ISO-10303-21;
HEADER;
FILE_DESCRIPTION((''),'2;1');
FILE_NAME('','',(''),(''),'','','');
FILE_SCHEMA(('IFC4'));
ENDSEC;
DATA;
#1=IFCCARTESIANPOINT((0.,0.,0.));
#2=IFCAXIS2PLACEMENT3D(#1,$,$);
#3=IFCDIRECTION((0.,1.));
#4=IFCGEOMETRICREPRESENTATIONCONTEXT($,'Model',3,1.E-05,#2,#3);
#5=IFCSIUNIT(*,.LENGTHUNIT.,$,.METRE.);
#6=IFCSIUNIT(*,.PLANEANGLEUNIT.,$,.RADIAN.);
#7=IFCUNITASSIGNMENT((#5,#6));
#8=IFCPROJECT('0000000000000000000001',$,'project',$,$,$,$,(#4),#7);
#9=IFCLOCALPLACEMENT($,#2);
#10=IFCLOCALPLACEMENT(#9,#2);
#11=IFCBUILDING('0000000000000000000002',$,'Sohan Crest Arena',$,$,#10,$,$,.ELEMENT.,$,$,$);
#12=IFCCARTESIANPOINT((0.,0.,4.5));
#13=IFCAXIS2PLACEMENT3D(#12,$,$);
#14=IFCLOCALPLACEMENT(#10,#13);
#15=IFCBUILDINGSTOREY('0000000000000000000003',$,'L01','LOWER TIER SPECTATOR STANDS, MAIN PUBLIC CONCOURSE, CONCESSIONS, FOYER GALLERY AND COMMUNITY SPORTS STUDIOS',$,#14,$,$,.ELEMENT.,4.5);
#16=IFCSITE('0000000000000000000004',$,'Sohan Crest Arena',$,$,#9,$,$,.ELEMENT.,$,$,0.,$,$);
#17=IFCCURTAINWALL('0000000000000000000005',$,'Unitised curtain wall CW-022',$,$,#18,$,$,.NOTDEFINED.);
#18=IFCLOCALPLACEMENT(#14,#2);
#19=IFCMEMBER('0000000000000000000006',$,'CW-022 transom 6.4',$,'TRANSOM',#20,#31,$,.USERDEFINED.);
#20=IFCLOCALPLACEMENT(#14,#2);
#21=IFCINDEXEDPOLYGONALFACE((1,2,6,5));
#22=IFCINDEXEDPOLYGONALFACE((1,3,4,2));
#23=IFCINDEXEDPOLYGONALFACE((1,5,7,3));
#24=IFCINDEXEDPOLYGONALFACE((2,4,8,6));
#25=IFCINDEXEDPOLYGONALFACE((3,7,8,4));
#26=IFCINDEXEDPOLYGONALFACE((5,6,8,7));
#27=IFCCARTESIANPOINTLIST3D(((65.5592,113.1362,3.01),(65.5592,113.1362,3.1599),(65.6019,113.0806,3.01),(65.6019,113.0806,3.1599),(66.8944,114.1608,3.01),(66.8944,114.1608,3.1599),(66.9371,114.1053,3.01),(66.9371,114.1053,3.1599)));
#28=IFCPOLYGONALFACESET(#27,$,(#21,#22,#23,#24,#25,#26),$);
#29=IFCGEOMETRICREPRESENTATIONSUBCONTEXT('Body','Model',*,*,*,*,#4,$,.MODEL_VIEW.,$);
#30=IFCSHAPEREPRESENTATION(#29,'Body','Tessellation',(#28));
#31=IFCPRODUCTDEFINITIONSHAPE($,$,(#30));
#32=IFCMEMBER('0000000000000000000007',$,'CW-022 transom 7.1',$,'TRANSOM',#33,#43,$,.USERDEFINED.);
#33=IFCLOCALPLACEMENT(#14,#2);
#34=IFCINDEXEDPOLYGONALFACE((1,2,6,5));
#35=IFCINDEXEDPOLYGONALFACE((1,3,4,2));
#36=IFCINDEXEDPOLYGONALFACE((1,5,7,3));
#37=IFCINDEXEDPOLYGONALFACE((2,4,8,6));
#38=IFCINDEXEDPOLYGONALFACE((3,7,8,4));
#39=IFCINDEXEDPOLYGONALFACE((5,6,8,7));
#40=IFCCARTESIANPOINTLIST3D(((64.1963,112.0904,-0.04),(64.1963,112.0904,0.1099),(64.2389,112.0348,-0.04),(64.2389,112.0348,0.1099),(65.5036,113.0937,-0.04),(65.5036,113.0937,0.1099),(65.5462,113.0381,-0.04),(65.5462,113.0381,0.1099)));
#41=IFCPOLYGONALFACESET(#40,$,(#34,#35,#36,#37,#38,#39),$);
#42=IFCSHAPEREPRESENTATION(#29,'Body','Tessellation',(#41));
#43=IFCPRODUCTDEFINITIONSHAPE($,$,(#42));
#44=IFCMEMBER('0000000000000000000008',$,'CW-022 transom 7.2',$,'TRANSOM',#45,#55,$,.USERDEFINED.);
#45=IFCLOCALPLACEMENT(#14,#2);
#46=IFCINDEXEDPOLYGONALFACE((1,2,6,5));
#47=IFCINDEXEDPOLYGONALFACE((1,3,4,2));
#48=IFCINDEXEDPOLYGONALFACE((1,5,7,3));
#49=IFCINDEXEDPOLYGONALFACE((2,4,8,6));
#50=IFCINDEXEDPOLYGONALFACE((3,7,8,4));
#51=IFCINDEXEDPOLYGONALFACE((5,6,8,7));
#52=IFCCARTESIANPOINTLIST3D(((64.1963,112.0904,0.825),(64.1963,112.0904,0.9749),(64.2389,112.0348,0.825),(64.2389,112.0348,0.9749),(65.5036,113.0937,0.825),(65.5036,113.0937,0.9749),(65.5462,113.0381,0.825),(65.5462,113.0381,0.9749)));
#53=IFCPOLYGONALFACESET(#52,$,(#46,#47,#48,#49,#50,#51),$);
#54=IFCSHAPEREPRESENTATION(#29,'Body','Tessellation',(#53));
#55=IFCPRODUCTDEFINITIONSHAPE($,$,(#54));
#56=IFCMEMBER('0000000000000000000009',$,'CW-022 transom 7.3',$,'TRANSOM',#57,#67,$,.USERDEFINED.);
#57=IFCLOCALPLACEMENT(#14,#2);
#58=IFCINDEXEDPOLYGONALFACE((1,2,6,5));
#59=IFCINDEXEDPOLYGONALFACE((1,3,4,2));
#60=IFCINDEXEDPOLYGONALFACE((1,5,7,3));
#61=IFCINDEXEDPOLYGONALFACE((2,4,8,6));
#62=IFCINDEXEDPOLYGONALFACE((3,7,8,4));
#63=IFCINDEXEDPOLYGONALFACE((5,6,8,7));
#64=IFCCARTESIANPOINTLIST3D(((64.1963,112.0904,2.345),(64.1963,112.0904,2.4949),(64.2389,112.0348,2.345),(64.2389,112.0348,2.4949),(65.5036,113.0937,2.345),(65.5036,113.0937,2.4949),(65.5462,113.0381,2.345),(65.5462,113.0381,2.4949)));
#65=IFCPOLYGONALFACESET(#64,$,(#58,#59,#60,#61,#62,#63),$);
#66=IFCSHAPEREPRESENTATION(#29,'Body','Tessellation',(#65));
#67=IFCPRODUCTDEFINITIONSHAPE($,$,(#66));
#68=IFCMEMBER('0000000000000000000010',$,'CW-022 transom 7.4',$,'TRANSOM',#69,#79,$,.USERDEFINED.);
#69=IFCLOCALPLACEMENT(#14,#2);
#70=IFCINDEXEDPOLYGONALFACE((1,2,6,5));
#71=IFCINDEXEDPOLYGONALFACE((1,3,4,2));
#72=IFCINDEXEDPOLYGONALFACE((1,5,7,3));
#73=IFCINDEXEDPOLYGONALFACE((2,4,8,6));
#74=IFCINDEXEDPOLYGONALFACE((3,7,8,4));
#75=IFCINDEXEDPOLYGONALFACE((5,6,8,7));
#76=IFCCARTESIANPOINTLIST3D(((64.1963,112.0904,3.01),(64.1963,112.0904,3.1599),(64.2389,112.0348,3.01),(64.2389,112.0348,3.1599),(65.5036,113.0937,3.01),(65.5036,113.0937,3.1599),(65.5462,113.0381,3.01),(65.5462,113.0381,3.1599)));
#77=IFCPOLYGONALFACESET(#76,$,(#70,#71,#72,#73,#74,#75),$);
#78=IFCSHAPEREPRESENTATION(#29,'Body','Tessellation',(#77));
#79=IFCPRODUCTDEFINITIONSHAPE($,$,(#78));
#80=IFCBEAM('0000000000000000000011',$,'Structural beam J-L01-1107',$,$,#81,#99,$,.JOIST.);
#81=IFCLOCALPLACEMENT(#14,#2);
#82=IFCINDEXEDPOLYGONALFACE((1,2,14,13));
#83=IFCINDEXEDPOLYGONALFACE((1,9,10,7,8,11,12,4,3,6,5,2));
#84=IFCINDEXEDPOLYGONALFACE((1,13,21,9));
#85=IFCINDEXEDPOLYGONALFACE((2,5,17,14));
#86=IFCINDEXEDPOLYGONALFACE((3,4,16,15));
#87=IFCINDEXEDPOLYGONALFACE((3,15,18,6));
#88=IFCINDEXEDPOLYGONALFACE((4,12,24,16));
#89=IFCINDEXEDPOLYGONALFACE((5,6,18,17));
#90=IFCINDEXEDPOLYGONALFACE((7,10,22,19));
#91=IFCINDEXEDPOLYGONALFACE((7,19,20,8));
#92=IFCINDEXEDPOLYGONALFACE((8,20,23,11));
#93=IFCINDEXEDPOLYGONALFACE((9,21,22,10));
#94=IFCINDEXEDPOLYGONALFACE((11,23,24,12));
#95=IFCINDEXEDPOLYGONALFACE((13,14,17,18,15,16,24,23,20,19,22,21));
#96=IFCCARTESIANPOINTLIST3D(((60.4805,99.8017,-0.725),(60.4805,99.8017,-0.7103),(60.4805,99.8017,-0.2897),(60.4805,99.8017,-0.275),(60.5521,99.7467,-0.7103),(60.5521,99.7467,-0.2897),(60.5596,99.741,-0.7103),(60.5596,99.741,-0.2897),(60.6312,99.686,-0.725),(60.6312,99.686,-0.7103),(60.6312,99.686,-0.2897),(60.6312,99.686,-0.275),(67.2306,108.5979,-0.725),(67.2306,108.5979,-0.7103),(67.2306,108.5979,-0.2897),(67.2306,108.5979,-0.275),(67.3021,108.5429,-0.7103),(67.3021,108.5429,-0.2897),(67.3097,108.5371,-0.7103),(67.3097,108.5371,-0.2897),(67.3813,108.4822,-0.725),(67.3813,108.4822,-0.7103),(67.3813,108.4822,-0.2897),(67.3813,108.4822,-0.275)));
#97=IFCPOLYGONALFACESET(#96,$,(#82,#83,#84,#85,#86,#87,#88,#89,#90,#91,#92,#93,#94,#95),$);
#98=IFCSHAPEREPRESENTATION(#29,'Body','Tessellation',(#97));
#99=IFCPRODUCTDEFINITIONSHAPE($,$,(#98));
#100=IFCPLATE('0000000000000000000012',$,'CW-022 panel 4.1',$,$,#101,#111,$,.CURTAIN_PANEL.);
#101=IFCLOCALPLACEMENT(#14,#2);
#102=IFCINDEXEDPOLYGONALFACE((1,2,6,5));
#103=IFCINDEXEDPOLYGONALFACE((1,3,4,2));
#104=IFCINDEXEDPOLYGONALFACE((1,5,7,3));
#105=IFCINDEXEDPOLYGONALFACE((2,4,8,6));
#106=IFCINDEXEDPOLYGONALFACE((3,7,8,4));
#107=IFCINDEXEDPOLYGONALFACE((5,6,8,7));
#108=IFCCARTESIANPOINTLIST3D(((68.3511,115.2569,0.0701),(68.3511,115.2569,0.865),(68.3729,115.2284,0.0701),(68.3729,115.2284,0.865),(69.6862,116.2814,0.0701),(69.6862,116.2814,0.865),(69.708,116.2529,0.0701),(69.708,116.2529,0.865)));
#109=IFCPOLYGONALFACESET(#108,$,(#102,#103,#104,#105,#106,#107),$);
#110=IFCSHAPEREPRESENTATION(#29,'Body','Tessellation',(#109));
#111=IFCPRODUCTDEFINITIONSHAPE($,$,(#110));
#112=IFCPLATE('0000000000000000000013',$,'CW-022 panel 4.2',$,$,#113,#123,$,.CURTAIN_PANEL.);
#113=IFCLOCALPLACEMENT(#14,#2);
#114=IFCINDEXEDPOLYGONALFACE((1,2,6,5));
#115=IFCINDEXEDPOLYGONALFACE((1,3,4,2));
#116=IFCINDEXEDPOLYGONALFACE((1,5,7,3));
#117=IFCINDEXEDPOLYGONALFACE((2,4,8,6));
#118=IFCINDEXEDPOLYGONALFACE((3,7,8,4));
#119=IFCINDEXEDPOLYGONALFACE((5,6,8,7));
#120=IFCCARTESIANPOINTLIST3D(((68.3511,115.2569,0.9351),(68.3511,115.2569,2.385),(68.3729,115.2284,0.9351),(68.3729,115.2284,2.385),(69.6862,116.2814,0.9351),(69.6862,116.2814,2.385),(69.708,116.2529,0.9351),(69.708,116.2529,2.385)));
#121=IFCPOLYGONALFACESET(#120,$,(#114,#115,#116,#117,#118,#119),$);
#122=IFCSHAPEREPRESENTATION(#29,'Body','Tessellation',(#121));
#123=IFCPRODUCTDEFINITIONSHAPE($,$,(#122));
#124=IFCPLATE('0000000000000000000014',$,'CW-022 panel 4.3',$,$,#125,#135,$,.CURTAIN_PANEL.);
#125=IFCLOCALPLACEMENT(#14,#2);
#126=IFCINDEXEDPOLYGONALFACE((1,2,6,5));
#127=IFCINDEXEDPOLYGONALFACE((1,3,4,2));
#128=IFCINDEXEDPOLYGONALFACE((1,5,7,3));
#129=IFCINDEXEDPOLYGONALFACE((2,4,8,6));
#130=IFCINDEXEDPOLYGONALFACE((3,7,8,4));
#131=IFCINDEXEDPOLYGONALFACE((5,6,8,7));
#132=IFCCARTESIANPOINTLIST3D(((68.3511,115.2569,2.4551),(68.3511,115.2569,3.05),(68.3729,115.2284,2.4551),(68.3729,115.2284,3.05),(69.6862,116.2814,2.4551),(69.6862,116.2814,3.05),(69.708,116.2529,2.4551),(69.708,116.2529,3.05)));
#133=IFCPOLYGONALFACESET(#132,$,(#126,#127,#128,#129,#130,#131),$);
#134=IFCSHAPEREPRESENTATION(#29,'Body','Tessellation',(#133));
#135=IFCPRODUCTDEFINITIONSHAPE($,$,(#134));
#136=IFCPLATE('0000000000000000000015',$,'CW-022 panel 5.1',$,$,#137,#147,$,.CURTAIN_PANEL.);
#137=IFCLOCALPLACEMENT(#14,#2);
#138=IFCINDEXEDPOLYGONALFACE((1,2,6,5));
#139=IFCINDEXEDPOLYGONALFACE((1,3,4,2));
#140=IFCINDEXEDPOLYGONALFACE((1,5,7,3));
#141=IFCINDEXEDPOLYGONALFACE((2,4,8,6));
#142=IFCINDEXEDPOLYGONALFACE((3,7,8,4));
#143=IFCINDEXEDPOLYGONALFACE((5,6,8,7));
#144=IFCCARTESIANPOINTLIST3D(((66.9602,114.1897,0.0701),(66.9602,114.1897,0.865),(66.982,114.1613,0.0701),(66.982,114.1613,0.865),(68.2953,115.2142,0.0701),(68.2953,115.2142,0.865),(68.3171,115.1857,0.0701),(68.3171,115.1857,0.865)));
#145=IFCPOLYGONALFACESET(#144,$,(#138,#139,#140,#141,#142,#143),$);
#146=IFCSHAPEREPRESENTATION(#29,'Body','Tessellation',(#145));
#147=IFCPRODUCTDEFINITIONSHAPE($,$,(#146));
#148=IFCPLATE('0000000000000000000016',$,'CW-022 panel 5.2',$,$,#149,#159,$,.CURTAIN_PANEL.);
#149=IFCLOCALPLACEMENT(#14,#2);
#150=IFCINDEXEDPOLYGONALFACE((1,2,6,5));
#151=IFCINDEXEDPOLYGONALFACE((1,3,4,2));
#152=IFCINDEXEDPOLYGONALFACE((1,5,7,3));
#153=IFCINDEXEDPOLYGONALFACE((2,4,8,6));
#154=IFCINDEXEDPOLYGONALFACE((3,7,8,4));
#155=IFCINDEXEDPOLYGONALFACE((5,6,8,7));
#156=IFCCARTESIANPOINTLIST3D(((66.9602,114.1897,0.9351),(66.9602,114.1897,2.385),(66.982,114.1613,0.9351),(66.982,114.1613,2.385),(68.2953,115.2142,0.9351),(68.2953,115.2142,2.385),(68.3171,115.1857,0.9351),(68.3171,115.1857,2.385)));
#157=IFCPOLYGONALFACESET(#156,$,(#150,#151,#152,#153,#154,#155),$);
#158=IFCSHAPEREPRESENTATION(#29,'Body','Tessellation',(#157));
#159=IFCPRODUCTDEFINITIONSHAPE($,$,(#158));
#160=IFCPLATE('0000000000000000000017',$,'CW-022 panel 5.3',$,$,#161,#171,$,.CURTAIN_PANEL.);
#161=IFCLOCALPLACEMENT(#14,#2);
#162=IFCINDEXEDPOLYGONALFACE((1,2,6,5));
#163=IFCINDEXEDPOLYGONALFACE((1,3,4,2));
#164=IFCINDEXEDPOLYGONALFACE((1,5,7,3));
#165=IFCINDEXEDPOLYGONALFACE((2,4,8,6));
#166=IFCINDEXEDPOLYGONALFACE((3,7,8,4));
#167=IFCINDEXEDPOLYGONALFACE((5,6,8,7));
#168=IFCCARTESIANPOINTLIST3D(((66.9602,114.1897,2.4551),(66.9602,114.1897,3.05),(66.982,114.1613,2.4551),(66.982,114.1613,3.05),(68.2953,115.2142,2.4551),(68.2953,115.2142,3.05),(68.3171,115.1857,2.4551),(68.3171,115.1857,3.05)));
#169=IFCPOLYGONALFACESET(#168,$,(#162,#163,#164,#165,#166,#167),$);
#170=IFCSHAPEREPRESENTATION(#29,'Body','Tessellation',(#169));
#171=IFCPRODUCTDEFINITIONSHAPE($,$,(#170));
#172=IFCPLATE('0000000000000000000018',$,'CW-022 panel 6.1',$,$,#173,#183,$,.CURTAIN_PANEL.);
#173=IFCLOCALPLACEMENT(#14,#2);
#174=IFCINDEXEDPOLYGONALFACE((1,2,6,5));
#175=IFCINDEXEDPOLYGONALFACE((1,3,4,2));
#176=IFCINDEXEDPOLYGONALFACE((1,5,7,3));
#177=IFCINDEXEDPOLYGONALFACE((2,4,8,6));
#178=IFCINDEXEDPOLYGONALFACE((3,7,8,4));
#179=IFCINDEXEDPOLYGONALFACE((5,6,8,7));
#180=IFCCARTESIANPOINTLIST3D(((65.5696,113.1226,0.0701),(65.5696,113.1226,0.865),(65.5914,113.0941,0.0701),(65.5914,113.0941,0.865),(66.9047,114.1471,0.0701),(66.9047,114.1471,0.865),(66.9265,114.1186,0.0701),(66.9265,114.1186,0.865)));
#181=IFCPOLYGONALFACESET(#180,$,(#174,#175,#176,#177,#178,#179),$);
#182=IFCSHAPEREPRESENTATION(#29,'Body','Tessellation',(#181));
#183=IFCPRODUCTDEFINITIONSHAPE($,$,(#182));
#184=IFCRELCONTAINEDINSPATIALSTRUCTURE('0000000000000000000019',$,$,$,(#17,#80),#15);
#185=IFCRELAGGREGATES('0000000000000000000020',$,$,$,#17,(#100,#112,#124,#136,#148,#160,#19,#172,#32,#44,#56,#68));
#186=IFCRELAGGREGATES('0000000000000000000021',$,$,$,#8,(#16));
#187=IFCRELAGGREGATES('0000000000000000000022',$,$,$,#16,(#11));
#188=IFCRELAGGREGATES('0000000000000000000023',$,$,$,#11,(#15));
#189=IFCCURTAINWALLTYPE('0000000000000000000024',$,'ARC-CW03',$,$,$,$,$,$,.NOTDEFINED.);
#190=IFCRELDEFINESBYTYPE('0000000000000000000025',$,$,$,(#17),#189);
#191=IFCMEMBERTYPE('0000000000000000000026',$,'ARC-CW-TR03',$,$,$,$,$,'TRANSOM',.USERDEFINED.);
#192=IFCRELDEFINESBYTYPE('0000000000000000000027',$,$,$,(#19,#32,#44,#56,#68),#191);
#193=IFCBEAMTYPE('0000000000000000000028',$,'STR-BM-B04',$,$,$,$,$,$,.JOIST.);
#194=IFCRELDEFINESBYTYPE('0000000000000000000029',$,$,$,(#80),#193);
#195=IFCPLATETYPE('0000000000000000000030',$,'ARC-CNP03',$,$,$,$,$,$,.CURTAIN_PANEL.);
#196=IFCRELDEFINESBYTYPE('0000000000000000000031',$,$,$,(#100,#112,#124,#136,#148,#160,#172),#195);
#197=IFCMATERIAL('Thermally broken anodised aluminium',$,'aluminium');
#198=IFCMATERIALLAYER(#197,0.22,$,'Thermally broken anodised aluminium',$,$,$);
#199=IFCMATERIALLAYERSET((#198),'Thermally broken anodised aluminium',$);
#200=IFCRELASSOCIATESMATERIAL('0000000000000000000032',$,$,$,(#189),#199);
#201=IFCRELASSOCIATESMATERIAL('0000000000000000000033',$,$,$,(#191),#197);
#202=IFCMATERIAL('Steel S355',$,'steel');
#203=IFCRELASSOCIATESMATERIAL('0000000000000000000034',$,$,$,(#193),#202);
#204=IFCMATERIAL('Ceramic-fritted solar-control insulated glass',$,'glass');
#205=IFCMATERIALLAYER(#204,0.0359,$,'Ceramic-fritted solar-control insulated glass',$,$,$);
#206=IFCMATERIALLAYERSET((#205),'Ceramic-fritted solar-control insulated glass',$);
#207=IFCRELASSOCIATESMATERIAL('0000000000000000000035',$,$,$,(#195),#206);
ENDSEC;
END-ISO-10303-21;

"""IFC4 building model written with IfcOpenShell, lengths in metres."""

from ifc_helpers import new_model, si_unit, direction, frame, origin, origin_2d, place, context, subcontext, project, spatial, rectangle, i_section, extrude, material, layer, layer_set, material_profile, profile_set, type_object, element, aggregate, save


model = new_model("IFC4")

# Units and contexts
model_context = context("Model", 3, precision=1e-05, world=origin(), true_north=direction((0.0, 1.0)))
body_context = subcontext(model_context, "Body", "Model", "MODEL_VIEW")
ifc_project = project(units=[si_unit("LENGTHUNIT", "METRE"), si_unit("PLANEANGLEUNIT", "RADIAN")], contexts=[model_context])

# Site, building, storey
site_placement = place(None, origin())
site = spatial("IfcSite", under=ifc_project, at=site_placement, Name="Sohan Crest Arena", CompositionType="ELEMENT", RefElevation=0.0)
building_placement = place(site_placement, origin())
building = spatial("IfcBuilding", under=site, at=building_placement, Name="Sohan Crest Arena", CompositionType="ELEMENT")
storey_placement = place(building_placement, frame((0.0, 0.0, 4.5)))
storey = spatial("IfcBuildingStorey", under=building, at=storey_placement, Name="L01", Description="LOWER TIER SPECTATOR STANDS, MAIN PUBLIC CONCOURSE, CONCESSIONS, FOYER GALLERY AND COMMUNITY SPORTS STUDIOS", CompositionType="ELEMENT", Elevation=4.5)

# Curtain wall, members
ifc_material_1 = material(Name="Thermally broken anodised aluminium", Category="aluminium")
ifc_layer_1 = layer(ifc_material_1, 0.22, Name="Thermally broken anodised aluminium")
ifc_layer_set_1 = layer_set([ifc_layer_1], Name="Thermally broken anodised aluminium")
curtain_wall_type = type_object("IfcCurtainWallType", Name="ARC-CW03", PredefinedType="NOTDEFINED", material=ifc_layer_set_1)
curtain_wall_placement = place(storey_placement, origin())
curtain_wall = element("IfcCurtainWall", 1, at=curtain_wall_placement, inside=storey, type_object=curtain_wall_type, Name="Unitised curtain wall CW-022", PredefinedType="NOTDEFINED")
ifc_material_profile_1 = material_profile(ifc_material_1, rectangle(XDim=0.0701, YDim=0.1499, at=origin_2d()), Name="ALU-TRAN 70x150")
ifc_profile_set_1 = profile_set([ifc_material_profile_1], Name="Thermally broken anodised aluminium")
member_type_1 = type_object("IfcMemberType", Name="ARC-CW-TR03", ElementType="TRANSOM", PredefinedType="USERDEFINED", material=ifc_profile_set_1)
member_1_placement = place(storey_placement, frame((66.9158, 114.1331, 3.085), z_axis=(-0.793319, -0.608806, 0.0), x_axis=(0.608806, -0.793319, 0.0)))
member_1 = element("IfcMember", 2, at=member_1_placement, type_object=member_type_1, Name="CW-022 transom 6.4", ObjectType="TRANSOM", PredefinedType="USERDEFINED", context=body_context, shape_type="SweptSolid", body=[
    extrude(rectangle(XDim=0.0701, YDim=0.1499, at=origin_2d()), origin(), (0.0, 0.0, 1.0), 1.6831),
])
member_2_placement = place(storey_placement, frame((65.5249, 113.0659, 0.0349), z_axis=(-0.793284, -0.608851, 0.0), x_axis=(0.608851, -0.793284, 0.0)))
member_2 = element("IfcMember", 3, at=member_2_placement, type_object=member_type_1, Name="CW-022 transom 7.1", ObjectType="TRANSOM", PredefinedType="USERDEFINED", context=body_context, shape_type="SweptSolid", body=[
    extrude(rectangle(XDim=0.0701, YDim=0.1499, at=origin_2d()), origin(), (0.0, 0.0, 1.0), 1.6479),
])
member_3_placement = place(storey_placement, frame((65.5249, 113.0659, 0.8999), z_axis=(-0.793284, -0.608851, 0.0), x_axis=(0.608851, -0.793284, 0.0)))
member_3 = element("IfcMember", 4, at=member_3_placement, type_object=member_type_1, Name="CW-022 transom 7.2", ObjectType="TRANSOM", PredefinedType="USERDEFINED", context=body_context, shape_type="SweptSolid", body=[
    extrude(rectangle(XDim=0.0701, YDim=0.1499, at=origin_2d()), origin(), (0.0, 0.0, 1.0), 1.6479),
])
member_4_placement = place(storey_placement, frame((65.5249, 113.0659, 2.4199), z_axis=(-0.793284, -0.608851, 0.0), x_axis=(0.608851, -0.793284, 0.0)))
member_4 = element("IfcMember", 5, at=member_4_placement, type_object=member_type_1, Name="CW-022 transom 7.3", ObjectType="TRANSOM", PredefinedType="USERDEFINED", context=body_context, shape_type="SweptSolid", body=[
    extrude(rectangle(XDim=0.0701, YDim=0.1499, at=origin_2d()), origin(), (0.0, 0.0, 1.0), 1.6479),
])
member_5_placement = place(storey_placement, frame((65.5249, 113.0659, 3.085), z_axis=(-0.793284, -0.608851, 0.0), x_axis=(0.608851, -0.793284, 0.0)))
member_5 = element("IfcMember", 6, at=member_5_placement, type_object=member_type_1, Name="CW-022 transom 7.4", ObjectType="TRANSOM", PredefinedType="USERDEFINED", context=body_context, shape_type="SweptSolid", body=[
    extrude(rectangle(XDim=0.0701, YDim=0.1499, at=origin_2d()), origin(), (0.0, 0.0, 1.0), 1.6479),
])

# Beam
ifc_material_2 = material(Name="Steel S355", Category="steel")
ifc_material_profile_2 = material_profile(ifc_material_2, i_section(OverallWidth=0.1899, OverallDepth=0.45, WebThickness=0.0095, FlangeThickness=0.0146, at=origin_2d()), Name="IPE 450")
ifc_profile_set_2 = profile_set([ifc_material_profile_2], Name="Steel S355")
beam_type = type_object("IfcBeamType", Name="STR-BM-B04", PredefinedType="JOIST", material=ifc_profile_set_2)
beam_placement = place(storey_placement, frame((67.3059, 108.54, -0.5), z_axis=(-0.608789, -0.793332, 0.0), x_axis=(0.793332, -0.608789, 0.0)))
element("IfcBeam", 7, at=beam_placement, inside=storey, type_object=beam_type, Name="Structural beam J-L01-1107", PredefinedType="JOIST", context=body_context, shape_type="SweptSolid", body=[
    extrude(i_section(OverallWidth=0.1899, OverallDepth=0.45, WebThickness=0.0095, FlangeThickness=0.0146, at=origin_2d()), origin(), (0.0, 0.0, 1.0), 11.0876),
])

# Plates
ifc_material_3 = material(Name="Ceramic-fritted solar-control insulated glass", Category="glass")
ifc_layer_2 = layer(ifc_material_3, 0.0359, Name="Ceramic-fritted solar-control insulated glass")
ifc_layer_set_2 = layer_set([ifc_layer_2], Name="Ceramic-fritted solar-control insulated glass")
plate_type = type_object("IfcPlateType", Name="ARC-CNP03", PredefinedType="CURTAIN_PANEL", material=ifc_layer_set_2)
plate_1_placement = place(storey_placement, frame((69.0295, 115.7549, 0.0701), z_axis=(0.0, 0.0, 1.0), x_axis=(-0.793351, -0.608765, 0.0)))
plate_1 = element("IfcPlate", 8, at=plate_1_placement, type_object=plate_type, Name="CW-022 panel 4.1", PredefinedType="CURTAIN_PANEL", context=body_context, shape_type="SweptSolid", body=[
    extrude(rectangle(XDim=1.6829, YDim=0.0359, at=origin_2d()), origin(), (0.0, 0.0, 1.0), 0.7949),
])
plate_2_placement = place(storey_placement, frame((69.0295, 115.7549, 0.9351), z_axis=(0.0, 0.0, 1.0), x_axis=(-0.793351, -0.608765, 0.0)))
plate_2 = element("IfcPlate", 9, at=plate_2_placement, type_object=plate_type, Name="CW-022 panel 4.2", PredefinedType="CURTAIN_PANEL", context=body_context, shape_type="SweptSolid", body=[
    extrude(rectangle(XDim=1.6829, YDim=0.0359, at=origin_2d()), origin(), (0.0, 0.0, 1.0), 1.45),
])
plate_3_placement = place(storey_placement, frame((69.0295, 115.7549, 2.4551), z_axis=(0.0, 0.0, 1.0), x_axis=(-0.793351, -0.608765, 0.0)))
plate_3 = element("IfcPlate", 10, at=plate_3_placement, type_object=plate_type, Name="CW-022 panel 4.3", PredefinedType="CURTAIN_PANEL", context=body_context, shape_type="SweptSolid", body=[
    extrude(rectangle(XDim=1.6829, YDim=0.0359, at=origin_2d()), origin(), (0.0, 0.0, 1.0), 0.595),
])
plate_4_placement = place(storey_placement, frame((67.6387, 114.6877, 0.0701), z_axis=(0.0, 0.0, 1.0), x_axis=(-0.793351, -0.608765, 0.0)))
plate_4 = element("IfcPlate", 11, at=plate_4_placement, type_object=plate_type, Name="CW-022 panel 5.1", PredefinedType="CURTAIN_PANEL", context=body_context, shape_type="SweptSolid", body=[
    extrude(rectangle(XDim=1.6829, YDim=0.0359, at=origin_2d()), origin(), (0.0, 0.0, 1.0), 0.7949),
])
plate_5_placement = place(storey_placement, frame((67.6387, 114.6877, 0.9351), z_axis=(0.0, 0.0, 1.0), x_axis=(-0.793351, -0.608765, 0.0)))
plate_5 = element("IfcPlate", 12, at=plate_5_placement, type_object=plate_type, Name="CW-022 panel 5.2", PredefinedType="CURTAIN_PANEL", context=body_context, shape_type="SweptSolid", body=[
    extrude(rectangle(XDim=1.6829, YDim=0.0359, at=origin_2d()), origin(), (0.0, 0.0, 1.0), 1.45),
])
plate_6_placement = place(storey_placement, frame((67.6387, 114.6877, 2.4551), z_axis=(0.0, 0.0, 1.0), x_axis=(-0.793351, -0.608765, 0.0)))
plate_6 = element("IfcPlate", 13, at=plate_6_placement, type_object=plate_type, Name="CW-022 panel 5.3", PredefinedType="CURTAIN_PANEL", context=body_context, shape_type="SweptSolid", body=[
    extrude(rectangle(XDim=1.6829, YDim=0.0359, at=origin_2d()), origin(), (0.0, 0.0, 1.0), 0.595),
])
plate_7_placement = place(storey_placement, frame((66.248, 113.6206, 0.0701), z_axis=(0.0, 0.0, 1.0), x_axis=(-0.793351, -0.608765, 0.0)))
plate_7 = element("IfcPlate", 14, at=plate_7_placement, type_object=plate_type, Name="CW-022 panel 6.1", PredefinedType="CURTAIN_PANEL", context=body_context, shape_type="SweptSolid", body=[
    extrude(rectangle(XDim=1.6829, YDim=0.0359, at=origin_2d()), origin(), (0.0, 0.0, 1.0), 0.7949),
])
aggregate(curtain_wall, [plate_1, plate_2, plate_3, plate_4, plate_5, plate_6, member_1, plate_7, member_2, member_3, member_4, member_5])

save(model, "model.ifc")
